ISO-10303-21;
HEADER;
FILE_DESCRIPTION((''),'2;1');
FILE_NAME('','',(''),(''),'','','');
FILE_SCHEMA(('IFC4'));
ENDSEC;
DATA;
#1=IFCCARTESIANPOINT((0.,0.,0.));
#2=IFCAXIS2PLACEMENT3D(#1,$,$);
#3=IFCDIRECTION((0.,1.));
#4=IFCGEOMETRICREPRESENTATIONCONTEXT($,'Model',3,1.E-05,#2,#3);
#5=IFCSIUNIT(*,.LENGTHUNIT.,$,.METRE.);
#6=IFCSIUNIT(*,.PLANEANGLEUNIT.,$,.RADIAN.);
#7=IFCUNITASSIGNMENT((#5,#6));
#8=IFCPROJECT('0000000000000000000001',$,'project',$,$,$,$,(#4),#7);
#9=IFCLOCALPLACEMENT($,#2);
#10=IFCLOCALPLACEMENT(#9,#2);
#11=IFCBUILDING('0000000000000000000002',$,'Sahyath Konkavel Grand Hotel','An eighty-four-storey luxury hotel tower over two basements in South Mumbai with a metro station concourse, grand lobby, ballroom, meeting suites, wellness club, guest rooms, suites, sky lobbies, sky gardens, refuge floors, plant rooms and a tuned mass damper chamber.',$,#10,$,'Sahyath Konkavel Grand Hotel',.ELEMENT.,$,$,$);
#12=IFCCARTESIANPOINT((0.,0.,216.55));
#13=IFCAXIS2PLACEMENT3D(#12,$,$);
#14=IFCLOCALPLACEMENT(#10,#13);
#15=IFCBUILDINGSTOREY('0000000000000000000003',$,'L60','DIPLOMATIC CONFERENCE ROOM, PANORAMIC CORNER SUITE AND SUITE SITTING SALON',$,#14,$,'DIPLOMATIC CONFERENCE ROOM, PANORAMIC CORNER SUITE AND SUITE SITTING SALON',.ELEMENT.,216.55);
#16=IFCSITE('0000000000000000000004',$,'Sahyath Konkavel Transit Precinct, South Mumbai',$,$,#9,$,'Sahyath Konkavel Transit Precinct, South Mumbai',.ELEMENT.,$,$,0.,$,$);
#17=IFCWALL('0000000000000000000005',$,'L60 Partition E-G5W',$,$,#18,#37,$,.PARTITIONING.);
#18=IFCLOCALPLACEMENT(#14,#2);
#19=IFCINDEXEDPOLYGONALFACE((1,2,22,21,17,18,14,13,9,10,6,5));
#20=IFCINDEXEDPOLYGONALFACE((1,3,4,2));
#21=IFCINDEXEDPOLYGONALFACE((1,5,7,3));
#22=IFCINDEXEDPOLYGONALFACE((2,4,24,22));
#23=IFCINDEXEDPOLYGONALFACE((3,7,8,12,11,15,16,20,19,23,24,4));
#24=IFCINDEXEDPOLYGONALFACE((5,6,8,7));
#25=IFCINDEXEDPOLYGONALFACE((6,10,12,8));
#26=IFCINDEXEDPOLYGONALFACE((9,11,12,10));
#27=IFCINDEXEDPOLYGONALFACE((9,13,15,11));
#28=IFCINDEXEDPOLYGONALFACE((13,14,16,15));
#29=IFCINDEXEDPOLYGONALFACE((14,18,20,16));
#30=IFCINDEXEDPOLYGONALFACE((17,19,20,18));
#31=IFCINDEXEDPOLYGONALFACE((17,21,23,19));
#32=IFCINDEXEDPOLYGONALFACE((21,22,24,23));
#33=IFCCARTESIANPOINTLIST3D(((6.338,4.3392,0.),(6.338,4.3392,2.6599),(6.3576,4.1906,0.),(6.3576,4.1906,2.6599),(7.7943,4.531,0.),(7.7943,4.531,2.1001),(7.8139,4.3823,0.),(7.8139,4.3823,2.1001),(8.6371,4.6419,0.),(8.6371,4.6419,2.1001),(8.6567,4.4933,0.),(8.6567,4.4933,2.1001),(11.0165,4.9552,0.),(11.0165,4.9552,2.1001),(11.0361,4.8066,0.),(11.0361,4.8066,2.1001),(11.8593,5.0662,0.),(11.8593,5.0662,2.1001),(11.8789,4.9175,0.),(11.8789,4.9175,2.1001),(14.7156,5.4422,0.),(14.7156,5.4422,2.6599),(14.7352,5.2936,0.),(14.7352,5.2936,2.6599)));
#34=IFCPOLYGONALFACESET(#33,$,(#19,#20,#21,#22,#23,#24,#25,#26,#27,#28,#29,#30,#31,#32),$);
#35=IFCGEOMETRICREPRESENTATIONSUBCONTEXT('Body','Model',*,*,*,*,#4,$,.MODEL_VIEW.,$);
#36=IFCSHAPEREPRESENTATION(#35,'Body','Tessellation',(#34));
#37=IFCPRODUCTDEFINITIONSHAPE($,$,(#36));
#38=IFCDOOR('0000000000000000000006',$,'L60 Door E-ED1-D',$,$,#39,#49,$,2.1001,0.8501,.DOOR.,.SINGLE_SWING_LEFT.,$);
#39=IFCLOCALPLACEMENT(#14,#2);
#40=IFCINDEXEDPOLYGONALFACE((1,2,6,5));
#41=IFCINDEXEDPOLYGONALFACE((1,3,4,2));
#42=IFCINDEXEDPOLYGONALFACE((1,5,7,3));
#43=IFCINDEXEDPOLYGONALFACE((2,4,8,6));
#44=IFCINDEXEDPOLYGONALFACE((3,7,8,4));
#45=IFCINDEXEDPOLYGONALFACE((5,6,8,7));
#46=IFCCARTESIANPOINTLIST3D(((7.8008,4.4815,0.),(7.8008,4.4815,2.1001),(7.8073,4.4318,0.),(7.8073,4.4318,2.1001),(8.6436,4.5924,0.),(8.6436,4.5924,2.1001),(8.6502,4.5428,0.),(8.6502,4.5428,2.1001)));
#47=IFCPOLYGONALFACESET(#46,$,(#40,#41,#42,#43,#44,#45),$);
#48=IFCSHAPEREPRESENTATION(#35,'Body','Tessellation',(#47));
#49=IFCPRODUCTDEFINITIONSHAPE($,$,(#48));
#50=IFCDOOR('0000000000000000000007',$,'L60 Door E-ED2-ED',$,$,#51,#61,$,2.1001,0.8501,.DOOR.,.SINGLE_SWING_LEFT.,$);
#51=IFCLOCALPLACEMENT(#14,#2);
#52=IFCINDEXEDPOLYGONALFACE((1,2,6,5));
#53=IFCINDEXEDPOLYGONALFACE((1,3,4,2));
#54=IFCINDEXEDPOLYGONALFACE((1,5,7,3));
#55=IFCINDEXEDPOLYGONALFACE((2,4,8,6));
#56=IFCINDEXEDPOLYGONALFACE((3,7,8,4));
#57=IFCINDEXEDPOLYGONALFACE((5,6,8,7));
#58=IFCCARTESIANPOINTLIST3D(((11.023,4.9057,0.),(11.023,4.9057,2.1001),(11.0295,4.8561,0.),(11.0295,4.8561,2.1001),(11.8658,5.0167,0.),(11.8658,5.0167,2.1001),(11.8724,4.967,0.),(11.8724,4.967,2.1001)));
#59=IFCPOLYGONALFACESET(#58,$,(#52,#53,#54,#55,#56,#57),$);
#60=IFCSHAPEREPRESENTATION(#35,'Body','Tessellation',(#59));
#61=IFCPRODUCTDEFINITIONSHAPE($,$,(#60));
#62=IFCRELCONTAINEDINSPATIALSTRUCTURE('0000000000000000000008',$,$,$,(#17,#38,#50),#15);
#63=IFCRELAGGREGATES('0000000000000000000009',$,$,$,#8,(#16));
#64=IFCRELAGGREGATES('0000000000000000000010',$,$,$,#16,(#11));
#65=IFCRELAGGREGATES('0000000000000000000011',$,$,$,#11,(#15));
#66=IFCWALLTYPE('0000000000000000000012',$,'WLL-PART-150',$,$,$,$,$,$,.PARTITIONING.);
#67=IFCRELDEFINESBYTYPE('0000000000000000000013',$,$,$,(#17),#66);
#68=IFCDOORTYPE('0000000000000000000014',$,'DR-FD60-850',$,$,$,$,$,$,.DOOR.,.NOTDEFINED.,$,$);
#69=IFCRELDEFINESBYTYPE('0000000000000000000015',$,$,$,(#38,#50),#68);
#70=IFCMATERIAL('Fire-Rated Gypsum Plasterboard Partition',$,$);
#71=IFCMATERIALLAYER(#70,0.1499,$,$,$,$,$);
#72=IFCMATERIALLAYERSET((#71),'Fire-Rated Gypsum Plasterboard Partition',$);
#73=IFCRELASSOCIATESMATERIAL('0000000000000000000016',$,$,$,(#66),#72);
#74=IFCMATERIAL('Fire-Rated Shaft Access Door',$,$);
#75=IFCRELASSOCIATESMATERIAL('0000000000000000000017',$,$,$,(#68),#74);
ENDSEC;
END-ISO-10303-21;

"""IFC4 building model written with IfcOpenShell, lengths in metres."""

from ifc_helpers import new_model, si_unit, direction, frame, frame_2d, origin, origin_2d, place, context, subcontext, project, spatial, rectangle, extrude, source, transform, mapped, material, layer, layer_set, type_object, element, fill, save


model = new_model("IFC4")

# Units and contexts
model_context = context("Model", 3, precision=1e-05, world=origin(), true_north=direction((0.0, 1.0)))
body_context = subcontext(model_context, "Body", "Model", "MODEL_VIEW")
ifc_project = project(units=[si_unit("LENGTHUNIT", "METRE"), si_unit("PLANEANGLEUNIT", "RADIAN")], contexts=[model_context])

# Site, building, storey
site_placement = place(None, origin())
site = spatial("IfcSite", under=ifc_project, at=site_placement, Name="Sahyath Konkavel Transit Precinct, South Mumbai", LongName="Sahyath Konkavel Transit Precinct, South Mumbai", CompositionType="ELEMENT", RefElevation=0.0)
building_placement = place(site_placement, origin())
building = spatial("IfcBuilding", under=site, at=building_placement, Name="Sahyath Konkavel Grand Hotel", Description="An eighty-four-storey luxury hotel tower over two basements in South Mumbai with a metro station concourse, grand lobby, ballroom, meeting suites, wellness club, guest rooms, suites, sky lobbies, sky gardens, refuge floors, plant rooms and a tuned mass damper chamber.", LongName="Sahyath Konkavel Grand Hotel", CompositionType="ELEMENT")
storey_placement = place(building_placement, frame((0.0, 0.0, 216.55)))
storey = spatial("IfcBuildingStorey", under=building, at=storey_placement, Name="L60", Description="DIPLOMATIC CONFERENCE ROOM, PANORAMIC CORNER SUITE AND SUITE SITTING SALON", LongName="DIPLOMATIC CONFERENCE ROOM, PANORAMIC CORNER SUITE AND SUITE SITTING SALON", CompositionType="ELEMENT", Elevation=216.55)

# Wall, openings, doors
ifc_material_1 = material(Name="Fire-Rated Gypsum Plasterboard Partition")
ifc_layer_1 = layer(ifc_material_1, 0.1499)
ifc_layer_set_1 = layer_set([ifc_layer_1], Name="Fire-Rated Gypsum Plasterboard Partition")
wall_type_1 = type_object("IfcWallType", Name="WLL-PART-150", PredefinedType="PARTITIONING", material=ifc_layer_set_1)
wall_1_placement = place(storey_placement, frame((6.3477, 4.2649, 0.0), z_axis=(0.0, 0.0, 1.0), x_axis=(0.991444, 0.130536, 0.0)))
wall_1 = element("IfcWall", 1, at=wall_1_placement, inside=storey, type_object=wall_type_1, Name="L60 Partition E-G5W", PredefinedType="PARTITIONING", context=body_context, shape_type="SweptSolid", body=[
    extrude(rectangle(XDim=8.45, YDim=0.1499, at=frame_2d((4.2251, 0.0))), origin(), (0.0, 0.0, 1.0), 2.6599),
])
opening_1_placement = place(wall_1_placement, frame((1.469, 0.0, 0.0)))
opening_1 = element("IfcOpeningElement", 2, at=opening_1_placement, cuts=wall_1, PredefinedType="OPENING", context=body_context, shape_type="SweptSolid", body=[
    extrude(rectangle(XDim=0.8501, YDim=2.1001, at=frame_2d((0.425, 1.05))), frame((0.0, 0.085, 0.0), z_axis=(0.0, -1.0, 0.0), x_axis=(1.0, 0.0, 0.0)), (0.0, 0.0, 1.0), 0.1699),
])
opening_2_placement = place(wall_1_placement, frame((4.719, 0.0, 0.0)))
opening_2 = element("IfcOpeningElement", 3, at=opening_2_placement, cuts=wall_1, PredefinedType="OPENING", context=body_context, shape_type="SweptSolid", body=[
    extrude(rectangle(XDim=0.8501, YDim=2.1001, at=frame_2d((0.425, 1.05))), frame((0.0, 0.085, 0.0), z_axis=(0.0, -1.0, 0.0), x_axis=(1.0, 0.0, 0.0)), (0.0, 0.0, 1.0), 0.1699),
])
ifc_material_2 = material(Name="Fire-Rated Shaft Access Door")
door_type_1 = type_object("IfcDoorType", Name="DR-FD60-850", OperationType="NOTDEFINED", PredefinedType="DOOR", material=ifc_material_2)
shared_shape_1 = source(origin(), body_context, "Body", "SweptSolid", [
    extrude(rectangle(XDim=0.8501, YDim=0.05, at=origin_2d()), origin(), (0.0, 0.0, 1.0), 2.1001),
])
door_1_placement = place(opening_1_placement, frame((0.425, 0.0, 0.0)))
door_1 = element("IfcDoor", 4, at=door_1_placement, inside=storey, type_object=door_type_1, Name="L60 Door E-ED1-D", OperationType="SINGLE_SWING_LEFT", OverallHeight=2.1001, OverallWidth=0.8501, PredefinedType="DOOR", context=body_context, shape_type="MappedRepresentation", body=[
    mapped(shared_shape_1, transform((0.0, 0.0, 0.0), scale=1.0)),
])
fill(opening_1, door_1)
door_2_placement = place(opening_2_placement, frame((0.425, 0.0, 0.0)))
door_2 = element("IfcDoor", 5, at=door_2_placement, inside=storey, type_object=door_type_1, Name="L60 Door E-ED2-ED", OperationType="SINGLE_SWING_LEFT", OverallHeight=2.1001, OverallWidth=0.8501, PredefinedType="DOOR", context=body_context, shape_type="MappedRepresentation", body=[
    mapped(shared_shape_1, transform((0.0, 0.0, 0.0), scale=1.0)),
])
fill(opening_2, door_2)

save(model, "model.ifc")
